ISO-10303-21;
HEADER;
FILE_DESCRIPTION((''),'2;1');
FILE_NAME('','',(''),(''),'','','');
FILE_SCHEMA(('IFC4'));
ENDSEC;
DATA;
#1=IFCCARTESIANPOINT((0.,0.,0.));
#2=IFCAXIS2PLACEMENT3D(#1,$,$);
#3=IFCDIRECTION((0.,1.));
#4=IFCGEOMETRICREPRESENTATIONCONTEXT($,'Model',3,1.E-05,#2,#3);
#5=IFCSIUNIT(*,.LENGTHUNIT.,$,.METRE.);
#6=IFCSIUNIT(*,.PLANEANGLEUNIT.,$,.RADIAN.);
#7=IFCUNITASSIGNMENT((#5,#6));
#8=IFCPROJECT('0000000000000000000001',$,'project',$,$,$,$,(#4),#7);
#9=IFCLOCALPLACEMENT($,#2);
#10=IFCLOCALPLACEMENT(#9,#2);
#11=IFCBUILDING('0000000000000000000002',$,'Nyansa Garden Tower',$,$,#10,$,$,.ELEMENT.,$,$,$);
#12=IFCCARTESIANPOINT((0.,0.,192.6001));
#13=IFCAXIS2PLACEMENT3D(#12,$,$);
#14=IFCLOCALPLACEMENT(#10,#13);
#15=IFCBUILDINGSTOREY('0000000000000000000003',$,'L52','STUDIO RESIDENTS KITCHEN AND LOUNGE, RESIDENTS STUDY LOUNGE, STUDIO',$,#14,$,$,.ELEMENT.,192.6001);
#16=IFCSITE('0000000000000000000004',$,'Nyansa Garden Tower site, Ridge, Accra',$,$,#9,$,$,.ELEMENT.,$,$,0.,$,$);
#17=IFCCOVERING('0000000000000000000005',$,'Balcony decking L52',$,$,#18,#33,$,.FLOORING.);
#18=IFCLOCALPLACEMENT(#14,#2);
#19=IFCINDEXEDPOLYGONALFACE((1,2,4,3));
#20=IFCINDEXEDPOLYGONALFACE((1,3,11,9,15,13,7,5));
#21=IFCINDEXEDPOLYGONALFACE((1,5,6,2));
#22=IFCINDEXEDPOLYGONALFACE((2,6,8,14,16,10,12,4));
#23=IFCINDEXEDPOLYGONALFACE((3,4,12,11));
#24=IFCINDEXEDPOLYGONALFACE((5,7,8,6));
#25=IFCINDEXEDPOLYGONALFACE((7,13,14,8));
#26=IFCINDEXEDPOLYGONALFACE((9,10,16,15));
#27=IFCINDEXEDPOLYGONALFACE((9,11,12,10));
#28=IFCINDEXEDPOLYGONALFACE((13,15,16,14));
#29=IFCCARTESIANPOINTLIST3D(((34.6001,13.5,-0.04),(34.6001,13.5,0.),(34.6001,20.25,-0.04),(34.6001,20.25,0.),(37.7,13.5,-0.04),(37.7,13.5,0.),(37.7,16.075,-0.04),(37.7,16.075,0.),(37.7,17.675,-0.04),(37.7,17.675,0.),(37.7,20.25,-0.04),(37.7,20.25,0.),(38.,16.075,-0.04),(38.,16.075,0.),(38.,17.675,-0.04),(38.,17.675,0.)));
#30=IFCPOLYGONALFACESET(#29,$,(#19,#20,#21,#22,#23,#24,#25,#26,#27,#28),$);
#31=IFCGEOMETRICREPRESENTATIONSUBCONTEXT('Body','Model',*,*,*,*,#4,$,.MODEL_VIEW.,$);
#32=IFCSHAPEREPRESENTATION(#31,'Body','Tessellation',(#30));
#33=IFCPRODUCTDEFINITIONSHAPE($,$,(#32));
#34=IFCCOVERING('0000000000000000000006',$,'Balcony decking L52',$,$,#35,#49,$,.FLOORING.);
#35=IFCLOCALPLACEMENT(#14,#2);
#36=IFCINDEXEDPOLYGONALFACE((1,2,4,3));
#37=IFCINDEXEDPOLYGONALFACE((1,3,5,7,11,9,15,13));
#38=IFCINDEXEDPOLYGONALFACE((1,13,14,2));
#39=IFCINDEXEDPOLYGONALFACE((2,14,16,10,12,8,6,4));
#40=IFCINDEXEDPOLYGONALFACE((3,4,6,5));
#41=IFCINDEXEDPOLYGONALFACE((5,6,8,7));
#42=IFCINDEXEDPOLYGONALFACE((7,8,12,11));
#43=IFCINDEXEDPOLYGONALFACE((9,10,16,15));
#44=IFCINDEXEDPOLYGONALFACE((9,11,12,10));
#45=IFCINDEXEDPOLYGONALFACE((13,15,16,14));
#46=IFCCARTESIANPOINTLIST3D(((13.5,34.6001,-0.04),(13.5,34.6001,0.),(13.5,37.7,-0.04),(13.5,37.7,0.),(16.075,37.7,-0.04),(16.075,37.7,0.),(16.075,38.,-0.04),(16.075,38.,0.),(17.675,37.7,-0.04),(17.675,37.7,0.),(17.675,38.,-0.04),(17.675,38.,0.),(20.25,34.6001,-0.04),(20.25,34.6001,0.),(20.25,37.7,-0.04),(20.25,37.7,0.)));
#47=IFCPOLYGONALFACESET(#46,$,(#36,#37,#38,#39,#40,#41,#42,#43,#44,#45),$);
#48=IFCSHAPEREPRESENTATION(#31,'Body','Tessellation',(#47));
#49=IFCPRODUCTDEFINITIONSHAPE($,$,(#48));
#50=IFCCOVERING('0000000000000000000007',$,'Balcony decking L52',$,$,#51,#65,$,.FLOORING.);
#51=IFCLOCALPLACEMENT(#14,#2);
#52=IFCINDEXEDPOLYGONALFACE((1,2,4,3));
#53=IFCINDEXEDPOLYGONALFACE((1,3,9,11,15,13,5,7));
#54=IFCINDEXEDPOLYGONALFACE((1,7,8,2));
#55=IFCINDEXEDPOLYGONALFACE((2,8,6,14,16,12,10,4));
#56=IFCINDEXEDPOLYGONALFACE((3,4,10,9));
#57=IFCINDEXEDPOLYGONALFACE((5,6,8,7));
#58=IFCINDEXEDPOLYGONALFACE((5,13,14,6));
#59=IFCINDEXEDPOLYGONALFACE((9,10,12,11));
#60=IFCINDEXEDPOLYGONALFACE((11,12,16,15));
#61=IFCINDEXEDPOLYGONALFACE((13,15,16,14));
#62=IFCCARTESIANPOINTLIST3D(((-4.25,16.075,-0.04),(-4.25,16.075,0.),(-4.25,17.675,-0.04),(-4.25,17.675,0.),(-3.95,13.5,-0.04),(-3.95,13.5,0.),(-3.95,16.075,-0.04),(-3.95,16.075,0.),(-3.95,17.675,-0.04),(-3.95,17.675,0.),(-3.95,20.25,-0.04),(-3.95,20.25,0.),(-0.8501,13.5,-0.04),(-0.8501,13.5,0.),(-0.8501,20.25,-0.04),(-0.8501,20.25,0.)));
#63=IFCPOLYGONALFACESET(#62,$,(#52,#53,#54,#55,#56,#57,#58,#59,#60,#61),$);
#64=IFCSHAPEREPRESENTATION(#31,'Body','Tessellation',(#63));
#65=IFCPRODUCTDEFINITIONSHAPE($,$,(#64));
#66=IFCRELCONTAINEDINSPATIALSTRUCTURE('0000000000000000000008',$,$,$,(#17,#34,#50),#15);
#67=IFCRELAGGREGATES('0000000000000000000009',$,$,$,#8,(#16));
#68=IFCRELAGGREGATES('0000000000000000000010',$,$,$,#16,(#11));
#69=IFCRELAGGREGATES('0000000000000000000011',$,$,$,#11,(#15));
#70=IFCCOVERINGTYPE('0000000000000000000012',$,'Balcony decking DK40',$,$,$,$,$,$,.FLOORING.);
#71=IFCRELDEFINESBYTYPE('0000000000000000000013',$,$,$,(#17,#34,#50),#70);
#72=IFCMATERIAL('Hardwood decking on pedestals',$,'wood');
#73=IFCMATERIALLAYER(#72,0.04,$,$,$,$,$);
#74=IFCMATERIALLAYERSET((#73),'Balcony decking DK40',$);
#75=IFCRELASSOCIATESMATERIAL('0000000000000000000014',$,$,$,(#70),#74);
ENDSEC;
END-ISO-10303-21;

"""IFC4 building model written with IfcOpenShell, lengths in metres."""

from ifc_helpers import new_model, si_unit, direction, frame, origin, place, context, subcontext, project, spatial, polyline, outline, extrude, material, layer, layer_set, type_object, element, save


model = new_model("IFC4")

# Units and contexts
model_context = context("Model", 3, precision=1e-05, world=origin(), true_north=direction((0.0, 1.0)))
body_context = subcontext(model_context, "Body", "Model", "MODEL_VIEW")
ifc_project = project(units=[si_unit("LENGTHUNIT", "METRE"), si_unit("PLANEANGLEUNIT", "RADIAN")], contexts=[model_context])

# Site, building, storey
site_placement = place(None, origin())
site = spatial("IfcSite", under=ifc_project, at=site_placement, Name="Nyansa Garden Tower site, Ridge, Accra", CompositionType="ELEMENT", RefElevation=0.0)
building_placement = place(site_placement, origin())
building = spatial("IfcBuilding", under=site, at=building_placement, Name="Nyansa Garden Tower", CompositionType="ELEMENT")
storey_placement = place(building_placement, frame((0.0, 0.0, 192.6001)))
storey = spatial("IfcBuildingStorey", under=building, at=storey_placement, Name="L52", Description="STUDIO RESIDENTS KITCHEN AND LOUNGE, RESIDENTS STUDY LOUNGE, STUDIO", CompositionType="ELEMENT", Elevation=192.6001)

# Coverings
ifc_material_1 = material(Name="Hardwood decking on pedestals", Category="wood")
ifc_layer_1 = layer(ifc_material_1, 0.04)
ifc_layer_set_1 = layer_set([ifc_layer_1], Name="Balcony decking DK40")
covering_type = type_object("IfcCoveringType", Name="Balcony decking DK40", PredefinedType="FLOORING", material=ifc_layer_set_1)
covering_1_placement = place(storey_placement, frame((0.0, 0.0, -0.04)))
element("IfcCovering", 1, at=covering_1_placement, inside=storey, type_object=covering_type, Name="Balcony decking L52", PredefinedType="FLOORING", context=body_context, shape_type="SweptSolid", body=[
    extrude(outline(polyline([(34.6001, 13.5), (34.6001, 20.25), (37.7, 20.25), (37.7, 17.675), (38.0, 17.675), (38.0, 16.075), (37.7, 16.075), (37.7, 13.5), (34.6001, 13.5)])), origin(), (0.0, 0.0, 1.0), 0.04),
])
covering_2_placement = place(storey_placement, frame((0.0, 0.0, -0.04)))
element("IfcCovering", 2, at=covering_2_placement, inside=storey, type_object=covering_type, Name="Balcony decking L52", PredefinedType="FLOORING", context=body_context, shape_type="SweptSolid", body=[
    extrude(outline(polyline([(13.5, 34.6001), (20.25, 34.6001), (20.25, 37.7), (17.675, 37.7), (17.675, 38.0), (16.075, 38.0), (16.075, 37.7), (13.5, 37.7), (13.5, 34.6001)])), origin(), (0.0, 0.0, 1.0), 0.04),
])
covering_3_placement = place(storey_placement, frame((0.0, 0.0, -0.04)))
element("IfcCovering", 3, at=covering_3_placement, inside=storey, type_object=covering_type, Name="Balcony decking L52", PredefinedType="FLOORING", context=body_context, shape_type="SweptSolid", body=[
    extrude(outline(polyline([(-0.8501, 13.5), (-0.8501, 20.25), (-3.95, 20.25), (-3.95, 17.675), (-4.25, 17.675), (-4.25, 16.075), (-3.95, 16.075), (-3.95, 13.5), (-0.8501, 13.5)])), origin(), (0.0, 0.0, 1.0), 0.04),
])

save(model, "model.ifc")
